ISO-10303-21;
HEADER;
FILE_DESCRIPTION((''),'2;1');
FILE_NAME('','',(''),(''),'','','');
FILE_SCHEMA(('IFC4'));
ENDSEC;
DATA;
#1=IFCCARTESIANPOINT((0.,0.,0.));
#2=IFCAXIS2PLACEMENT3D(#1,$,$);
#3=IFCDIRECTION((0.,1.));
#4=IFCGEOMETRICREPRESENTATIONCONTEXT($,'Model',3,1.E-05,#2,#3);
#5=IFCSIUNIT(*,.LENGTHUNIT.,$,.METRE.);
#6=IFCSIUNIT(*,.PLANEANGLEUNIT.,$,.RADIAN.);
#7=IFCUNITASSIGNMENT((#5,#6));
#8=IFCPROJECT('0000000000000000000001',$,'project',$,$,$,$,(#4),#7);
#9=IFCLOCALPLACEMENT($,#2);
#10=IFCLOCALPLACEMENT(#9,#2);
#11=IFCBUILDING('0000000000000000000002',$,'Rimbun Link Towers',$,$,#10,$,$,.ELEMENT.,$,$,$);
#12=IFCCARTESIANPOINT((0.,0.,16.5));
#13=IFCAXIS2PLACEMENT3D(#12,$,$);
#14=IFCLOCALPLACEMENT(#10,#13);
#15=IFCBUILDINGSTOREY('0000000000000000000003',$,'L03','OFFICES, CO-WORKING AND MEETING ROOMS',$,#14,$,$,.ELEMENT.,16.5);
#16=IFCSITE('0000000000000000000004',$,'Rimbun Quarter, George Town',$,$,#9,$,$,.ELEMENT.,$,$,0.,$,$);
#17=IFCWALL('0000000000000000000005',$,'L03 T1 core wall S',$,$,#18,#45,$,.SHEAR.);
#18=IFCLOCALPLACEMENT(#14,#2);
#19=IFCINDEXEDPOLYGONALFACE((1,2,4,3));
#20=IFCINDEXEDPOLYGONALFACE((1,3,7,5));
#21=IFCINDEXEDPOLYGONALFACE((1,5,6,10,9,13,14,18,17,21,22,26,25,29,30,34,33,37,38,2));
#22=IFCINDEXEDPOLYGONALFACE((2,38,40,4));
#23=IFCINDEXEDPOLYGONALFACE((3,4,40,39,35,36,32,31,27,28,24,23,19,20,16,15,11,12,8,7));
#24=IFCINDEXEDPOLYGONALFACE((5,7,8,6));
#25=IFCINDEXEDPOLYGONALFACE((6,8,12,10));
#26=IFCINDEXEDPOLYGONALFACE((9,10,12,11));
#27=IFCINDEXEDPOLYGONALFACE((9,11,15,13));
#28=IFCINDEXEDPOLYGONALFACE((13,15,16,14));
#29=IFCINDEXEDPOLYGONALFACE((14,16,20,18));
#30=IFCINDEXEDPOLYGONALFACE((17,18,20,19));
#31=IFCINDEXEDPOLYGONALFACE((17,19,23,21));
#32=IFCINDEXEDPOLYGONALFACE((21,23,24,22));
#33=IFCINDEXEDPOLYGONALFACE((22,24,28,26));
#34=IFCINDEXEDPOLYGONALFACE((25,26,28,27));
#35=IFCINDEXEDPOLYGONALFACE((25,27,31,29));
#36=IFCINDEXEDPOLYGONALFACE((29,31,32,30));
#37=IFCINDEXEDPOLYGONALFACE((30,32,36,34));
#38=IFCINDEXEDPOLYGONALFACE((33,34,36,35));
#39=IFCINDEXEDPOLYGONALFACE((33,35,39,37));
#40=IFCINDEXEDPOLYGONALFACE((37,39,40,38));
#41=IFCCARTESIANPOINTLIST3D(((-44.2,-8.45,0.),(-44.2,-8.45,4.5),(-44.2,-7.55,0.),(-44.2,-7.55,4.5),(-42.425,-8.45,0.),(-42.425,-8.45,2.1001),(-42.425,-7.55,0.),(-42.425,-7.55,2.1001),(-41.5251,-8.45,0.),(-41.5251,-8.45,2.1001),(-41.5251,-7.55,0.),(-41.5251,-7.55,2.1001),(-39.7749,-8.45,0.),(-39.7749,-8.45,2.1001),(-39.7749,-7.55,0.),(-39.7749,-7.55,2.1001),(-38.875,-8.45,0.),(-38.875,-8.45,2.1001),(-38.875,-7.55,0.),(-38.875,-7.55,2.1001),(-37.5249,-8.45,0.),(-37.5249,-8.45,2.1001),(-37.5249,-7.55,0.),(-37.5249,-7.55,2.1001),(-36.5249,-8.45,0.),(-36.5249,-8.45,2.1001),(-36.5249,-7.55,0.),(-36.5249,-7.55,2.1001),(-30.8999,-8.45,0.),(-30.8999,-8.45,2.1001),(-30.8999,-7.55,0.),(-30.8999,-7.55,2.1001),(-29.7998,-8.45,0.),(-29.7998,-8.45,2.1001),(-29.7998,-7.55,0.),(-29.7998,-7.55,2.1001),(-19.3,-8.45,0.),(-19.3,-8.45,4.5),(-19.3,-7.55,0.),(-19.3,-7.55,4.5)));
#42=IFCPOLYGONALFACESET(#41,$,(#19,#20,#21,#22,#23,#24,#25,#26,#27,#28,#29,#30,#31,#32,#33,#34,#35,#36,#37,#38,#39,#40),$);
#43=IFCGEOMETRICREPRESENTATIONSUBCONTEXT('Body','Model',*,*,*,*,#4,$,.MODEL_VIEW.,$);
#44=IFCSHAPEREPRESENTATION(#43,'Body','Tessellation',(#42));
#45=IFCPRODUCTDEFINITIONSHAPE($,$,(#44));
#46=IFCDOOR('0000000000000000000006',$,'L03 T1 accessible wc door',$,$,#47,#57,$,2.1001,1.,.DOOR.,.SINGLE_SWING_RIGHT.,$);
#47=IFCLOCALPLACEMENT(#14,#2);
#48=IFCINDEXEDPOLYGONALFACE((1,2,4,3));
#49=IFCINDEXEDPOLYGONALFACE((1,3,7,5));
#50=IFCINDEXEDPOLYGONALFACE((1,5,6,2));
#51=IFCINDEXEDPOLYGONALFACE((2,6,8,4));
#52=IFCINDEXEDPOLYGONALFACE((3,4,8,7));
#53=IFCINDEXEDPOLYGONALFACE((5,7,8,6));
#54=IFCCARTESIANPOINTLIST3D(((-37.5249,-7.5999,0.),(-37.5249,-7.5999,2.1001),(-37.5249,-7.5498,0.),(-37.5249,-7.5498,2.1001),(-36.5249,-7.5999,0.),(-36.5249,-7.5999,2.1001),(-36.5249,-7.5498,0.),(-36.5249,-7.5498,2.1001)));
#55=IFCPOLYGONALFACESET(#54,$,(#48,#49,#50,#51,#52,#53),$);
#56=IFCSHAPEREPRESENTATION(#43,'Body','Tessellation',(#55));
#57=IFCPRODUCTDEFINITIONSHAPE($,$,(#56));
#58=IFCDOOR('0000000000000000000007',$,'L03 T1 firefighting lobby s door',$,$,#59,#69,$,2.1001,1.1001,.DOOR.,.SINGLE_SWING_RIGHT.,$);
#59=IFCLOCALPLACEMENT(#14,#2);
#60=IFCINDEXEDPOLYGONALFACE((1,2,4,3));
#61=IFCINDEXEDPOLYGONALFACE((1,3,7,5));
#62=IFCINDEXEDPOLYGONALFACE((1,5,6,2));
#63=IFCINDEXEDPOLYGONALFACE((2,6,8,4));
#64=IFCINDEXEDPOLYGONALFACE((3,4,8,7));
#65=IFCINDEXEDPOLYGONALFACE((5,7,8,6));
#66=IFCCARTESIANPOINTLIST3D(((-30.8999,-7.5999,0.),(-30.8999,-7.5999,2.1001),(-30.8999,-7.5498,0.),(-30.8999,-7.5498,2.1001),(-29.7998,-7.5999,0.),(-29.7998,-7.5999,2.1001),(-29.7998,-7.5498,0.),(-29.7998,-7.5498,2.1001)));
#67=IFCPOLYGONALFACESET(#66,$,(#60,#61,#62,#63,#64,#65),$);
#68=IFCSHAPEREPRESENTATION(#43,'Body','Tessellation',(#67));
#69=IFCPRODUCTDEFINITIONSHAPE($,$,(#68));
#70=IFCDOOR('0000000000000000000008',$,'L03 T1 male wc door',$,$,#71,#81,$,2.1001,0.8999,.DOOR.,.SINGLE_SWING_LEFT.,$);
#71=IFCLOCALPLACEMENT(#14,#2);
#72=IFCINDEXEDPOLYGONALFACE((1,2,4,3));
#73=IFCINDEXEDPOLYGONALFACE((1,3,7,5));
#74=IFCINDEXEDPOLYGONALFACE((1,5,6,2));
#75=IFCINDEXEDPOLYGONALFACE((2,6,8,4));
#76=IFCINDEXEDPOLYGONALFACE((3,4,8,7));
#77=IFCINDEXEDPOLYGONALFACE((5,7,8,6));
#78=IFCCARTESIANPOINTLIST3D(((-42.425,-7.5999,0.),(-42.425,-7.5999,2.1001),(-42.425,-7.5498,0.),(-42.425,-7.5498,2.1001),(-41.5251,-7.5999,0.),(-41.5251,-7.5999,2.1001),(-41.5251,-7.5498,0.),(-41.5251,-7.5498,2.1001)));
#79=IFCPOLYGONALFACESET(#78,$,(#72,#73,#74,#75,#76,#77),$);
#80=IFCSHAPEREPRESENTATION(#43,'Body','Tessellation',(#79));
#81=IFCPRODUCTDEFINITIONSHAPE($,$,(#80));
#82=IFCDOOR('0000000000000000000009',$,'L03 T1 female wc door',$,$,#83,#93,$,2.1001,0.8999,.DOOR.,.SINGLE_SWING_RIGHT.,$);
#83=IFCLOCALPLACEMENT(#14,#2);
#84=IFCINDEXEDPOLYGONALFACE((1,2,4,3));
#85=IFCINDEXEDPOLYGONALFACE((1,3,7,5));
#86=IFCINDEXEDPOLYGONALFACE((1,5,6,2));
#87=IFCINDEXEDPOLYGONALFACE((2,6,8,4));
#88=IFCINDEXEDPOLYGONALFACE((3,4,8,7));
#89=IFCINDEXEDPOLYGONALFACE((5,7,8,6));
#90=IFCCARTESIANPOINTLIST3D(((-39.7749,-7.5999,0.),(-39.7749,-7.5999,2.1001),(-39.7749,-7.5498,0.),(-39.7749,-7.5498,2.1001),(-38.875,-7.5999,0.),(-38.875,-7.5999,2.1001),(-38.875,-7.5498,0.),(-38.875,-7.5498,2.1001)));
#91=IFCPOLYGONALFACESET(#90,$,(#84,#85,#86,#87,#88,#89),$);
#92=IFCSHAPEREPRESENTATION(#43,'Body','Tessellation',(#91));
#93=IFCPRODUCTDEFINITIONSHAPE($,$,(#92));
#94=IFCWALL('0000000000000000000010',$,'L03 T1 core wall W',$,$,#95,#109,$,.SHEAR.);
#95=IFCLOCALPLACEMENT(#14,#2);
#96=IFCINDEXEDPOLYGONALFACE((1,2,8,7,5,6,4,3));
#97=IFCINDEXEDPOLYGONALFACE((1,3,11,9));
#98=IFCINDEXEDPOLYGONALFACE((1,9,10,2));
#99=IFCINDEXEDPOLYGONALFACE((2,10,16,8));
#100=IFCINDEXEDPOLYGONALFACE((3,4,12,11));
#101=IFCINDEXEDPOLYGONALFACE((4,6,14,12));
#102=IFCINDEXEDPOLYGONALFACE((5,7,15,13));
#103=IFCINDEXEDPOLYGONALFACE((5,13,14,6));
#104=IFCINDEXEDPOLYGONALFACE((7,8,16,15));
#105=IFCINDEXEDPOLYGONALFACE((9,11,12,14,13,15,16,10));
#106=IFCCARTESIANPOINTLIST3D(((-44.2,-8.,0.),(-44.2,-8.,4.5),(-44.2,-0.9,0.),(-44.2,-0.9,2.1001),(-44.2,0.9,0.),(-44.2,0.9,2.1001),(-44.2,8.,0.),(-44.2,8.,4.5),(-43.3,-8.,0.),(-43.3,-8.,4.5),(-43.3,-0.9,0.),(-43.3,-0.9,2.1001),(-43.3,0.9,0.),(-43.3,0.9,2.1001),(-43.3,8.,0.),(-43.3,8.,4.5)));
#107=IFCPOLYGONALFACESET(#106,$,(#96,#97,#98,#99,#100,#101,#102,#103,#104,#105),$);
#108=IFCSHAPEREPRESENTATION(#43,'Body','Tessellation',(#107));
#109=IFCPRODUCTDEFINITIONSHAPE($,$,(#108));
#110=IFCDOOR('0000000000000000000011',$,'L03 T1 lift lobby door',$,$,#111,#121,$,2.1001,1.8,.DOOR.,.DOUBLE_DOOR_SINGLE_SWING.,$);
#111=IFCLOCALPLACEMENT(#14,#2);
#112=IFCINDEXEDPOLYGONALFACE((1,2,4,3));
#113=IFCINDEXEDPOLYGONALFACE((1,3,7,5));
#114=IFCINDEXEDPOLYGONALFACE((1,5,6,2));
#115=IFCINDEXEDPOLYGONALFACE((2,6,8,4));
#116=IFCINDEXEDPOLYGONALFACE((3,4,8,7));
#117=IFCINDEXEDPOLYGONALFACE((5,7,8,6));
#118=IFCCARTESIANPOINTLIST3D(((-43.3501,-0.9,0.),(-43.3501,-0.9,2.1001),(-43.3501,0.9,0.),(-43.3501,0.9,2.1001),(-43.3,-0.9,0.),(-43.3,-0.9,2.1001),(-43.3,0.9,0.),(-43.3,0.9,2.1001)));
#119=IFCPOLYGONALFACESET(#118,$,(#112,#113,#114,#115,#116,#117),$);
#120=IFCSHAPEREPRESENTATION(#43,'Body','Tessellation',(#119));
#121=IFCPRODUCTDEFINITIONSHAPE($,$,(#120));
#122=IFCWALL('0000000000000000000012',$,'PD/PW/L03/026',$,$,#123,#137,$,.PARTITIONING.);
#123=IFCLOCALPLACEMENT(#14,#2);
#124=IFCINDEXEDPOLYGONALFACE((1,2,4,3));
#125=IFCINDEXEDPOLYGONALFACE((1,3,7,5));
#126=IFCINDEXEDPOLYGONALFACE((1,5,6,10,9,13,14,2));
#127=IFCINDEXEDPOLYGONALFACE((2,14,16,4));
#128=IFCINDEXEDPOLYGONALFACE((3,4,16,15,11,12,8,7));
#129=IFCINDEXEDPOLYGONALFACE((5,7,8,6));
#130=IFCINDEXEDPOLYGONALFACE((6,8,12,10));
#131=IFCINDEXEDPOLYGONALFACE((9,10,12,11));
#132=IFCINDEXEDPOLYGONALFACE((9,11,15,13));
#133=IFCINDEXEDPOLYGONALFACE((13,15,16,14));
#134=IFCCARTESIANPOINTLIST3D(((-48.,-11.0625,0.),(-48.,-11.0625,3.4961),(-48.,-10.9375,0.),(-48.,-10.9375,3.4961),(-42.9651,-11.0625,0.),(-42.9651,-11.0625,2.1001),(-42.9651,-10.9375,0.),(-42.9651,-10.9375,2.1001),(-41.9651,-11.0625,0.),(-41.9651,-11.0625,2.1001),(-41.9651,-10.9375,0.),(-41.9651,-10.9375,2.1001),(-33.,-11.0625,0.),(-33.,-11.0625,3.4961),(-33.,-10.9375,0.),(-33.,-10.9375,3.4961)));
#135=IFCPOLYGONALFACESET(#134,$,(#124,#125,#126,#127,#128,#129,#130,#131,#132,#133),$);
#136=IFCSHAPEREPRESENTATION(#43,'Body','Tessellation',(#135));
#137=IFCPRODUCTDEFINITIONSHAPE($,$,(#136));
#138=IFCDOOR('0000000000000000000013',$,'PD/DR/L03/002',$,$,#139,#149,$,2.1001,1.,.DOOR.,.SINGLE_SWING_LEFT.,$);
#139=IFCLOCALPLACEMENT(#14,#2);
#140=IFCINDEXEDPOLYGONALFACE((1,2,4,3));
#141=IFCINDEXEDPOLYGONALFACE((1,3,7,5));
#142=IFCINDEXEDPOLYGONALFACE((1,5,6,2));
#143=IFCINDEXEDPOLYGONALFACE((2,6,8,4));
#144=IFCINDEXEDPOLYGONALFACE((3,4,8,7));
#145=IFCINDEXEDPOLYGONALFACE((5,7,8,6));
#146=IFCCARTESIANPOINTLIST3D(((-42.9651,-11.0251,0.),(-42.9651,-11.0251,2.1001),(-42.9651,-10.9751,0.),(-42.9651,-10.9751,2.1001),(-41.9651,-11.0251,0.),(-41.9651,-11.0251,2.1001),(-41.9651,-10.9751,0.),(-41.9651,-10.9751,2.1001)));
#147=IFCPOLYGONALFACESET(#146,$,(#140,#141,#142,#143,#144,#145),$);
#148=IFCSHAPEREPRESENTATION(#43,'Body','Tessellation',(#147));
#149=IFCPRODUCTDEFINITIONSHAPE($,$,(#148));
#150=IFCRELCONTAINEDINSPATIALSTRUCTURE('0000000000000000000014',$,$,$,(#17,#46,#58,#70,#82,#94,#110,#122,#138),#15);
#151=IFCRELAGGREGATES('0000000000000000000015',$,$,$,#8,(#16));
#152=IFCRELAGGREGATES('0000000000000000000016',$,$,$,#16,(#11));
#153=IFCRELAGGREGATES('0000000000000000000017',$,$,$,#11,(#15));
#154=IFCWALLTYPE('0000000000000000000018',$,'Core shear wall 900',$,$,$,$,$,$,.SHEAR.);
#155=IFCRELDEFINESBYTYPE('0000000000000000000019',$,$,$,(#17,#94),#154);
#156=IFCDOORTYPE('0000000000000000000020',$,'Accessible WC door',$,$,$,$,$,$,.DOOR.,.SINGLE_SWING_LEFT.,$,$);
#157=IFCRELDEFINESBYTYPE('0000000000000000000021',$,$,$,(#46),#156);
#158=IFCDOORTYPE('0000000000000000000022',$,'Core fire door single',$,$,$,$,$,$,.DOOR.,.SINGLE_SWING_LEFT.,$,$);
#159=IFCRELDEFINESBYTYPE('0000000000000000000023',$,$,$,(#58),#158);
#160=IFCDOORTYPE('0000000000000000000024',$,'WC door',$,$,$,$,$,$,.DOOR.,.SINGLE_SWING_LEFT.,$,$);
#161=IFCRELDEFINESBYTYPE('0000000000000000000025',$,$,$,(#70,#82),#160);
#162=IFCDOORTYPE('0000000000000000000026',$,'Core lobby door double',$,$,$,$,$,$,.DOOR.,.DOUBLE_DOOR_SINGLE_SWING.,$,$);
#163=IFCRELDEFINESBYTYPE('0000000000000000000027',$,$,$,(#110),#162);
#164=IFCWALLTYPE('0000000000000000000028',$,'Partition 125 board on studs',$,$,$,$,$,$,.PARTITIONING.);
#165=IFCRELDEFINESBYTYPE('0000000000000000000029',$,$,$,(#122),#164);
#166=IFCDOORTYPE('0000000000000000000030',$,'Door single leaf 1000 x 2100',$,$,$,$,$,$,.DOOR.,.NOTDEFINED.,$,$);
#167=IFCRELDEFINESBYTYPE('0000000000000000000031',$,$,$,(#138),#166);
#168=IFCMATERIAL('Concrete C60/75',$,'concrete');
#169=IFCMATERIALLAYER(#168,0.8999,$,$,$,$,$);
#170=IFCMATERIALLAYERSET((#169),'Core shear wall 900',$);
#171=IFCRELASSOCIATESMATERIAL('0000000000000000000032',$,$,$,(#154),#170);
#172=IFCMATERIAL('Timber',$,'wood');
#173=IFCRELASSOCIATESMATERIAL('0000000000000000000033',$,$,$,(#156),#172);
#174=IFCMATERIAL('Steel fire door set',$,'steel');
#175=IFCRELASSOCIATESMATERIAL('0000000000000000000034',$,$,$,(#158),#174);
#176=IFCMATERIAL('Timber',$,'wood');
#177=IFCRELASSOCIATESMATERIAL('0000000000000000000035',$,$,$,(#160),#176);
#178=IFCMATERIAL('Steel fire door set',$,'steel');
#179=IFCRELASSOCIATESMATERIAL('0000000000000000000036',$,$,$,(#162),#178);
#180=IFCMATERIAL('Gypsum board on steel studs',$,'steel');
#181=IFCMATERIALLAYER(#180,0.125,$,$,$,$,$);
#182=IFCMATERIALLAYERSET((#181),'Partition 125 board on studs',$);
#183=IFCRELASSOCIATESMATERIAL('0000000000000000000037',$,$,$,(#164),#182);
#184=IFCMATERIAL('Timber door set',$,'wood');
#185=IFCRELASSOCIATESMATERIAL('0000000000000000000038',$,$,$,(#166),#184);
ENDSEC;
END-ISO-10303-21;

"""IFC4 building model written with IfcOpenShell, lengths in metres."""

from ifc_helpers import new_model, si_unit, direction, frame, frame_2d, origin, place, context, subcontext, project, spatial, rectangle, extrude, material, layer, layer_set, type_object, element, fill, save


model = new_model("IFC4")

# Units and contexts
model_context = context("Model", 3, precision=1e-05, world=origin(), true_north=direction((0.0, 1.0)))
body_context = subcontext(model_context, "Body", "Model", "MODEL_VIEW")
ifc_project = project(units=[si_unit("LENGTHUNIT", "METRE"), si_unit("PLANEANGLEUNIT", "RADIAN")], contexts=[model_context])

# Site, building, storey
site_placement = place(None, origin())
site = spatial("IfcSite", under=ifc_project, at=site_placement, Name="Rimbun Quarter, George Town", CompositionType="ELEMENT", RefElevation=0.0)
building_placement = place(site_placement, origin())
building = spatial("IfcBuilding", under=site, at=building_placement, Name="Rimbun Link Towers", CompositionType="ELEMENT")
storey_placement = place(building_placement, frame((0.0, 0.0, 16.5)))
storey = spatial("IfcBuildingStorey", under=building, at=storey_placement, Name="L03", Description="OFFICES, CO-WORKING AND MEETING ROOMS", CompositionType="ELEMENT", Elevation=16.5)

# Wall, openings, doors
ifc_material_1 = material(Name="Concrete C60/75", Category="concrete")
ifc_layer_1 = layer(ifc_material_1, 0.8999)
ifc_layer_set_1 = layer_set([ifc_layer_1], Name="Core shear wall 900")
wall_type_1 = type_object("IfcWallType", Name="Core shear wall 900", PredefinedType="SHEAR", material=ifc_layer_set_1)
wall_1_placement = place(storey_placement, frame((-44.2, -8.0, 0.0), z_axis=(0.0, 0.0, 1.0), x_axis=(1.0, 0.0, 0.0)))
wall_1 = element("IfcWall", 1, at=wall_1_placement, inside=storey, type_object=wall_type_1, Name="L03 T1 core wall S", PredefinedType="SHEAR", context=body_context, shape_type="SweptSolid", body=[
    extrude(rectangle(XDim=24.8999, YDim=0.8999, at=frame_2d((12.45, 0.0))), origin(), (0.0, 0.0, 1.0), 4.5),
])
opening_1_placement = place(wall_1_placement, frame((13.3, 0.0, 0.0)))
opening_1 = element("IfcOpeningElement", 2, at=opening_1_placement, cuts=wall_1, PredefinedType="OPENING", context=body_context, shape_type="SweptSolid", body=[
    extrude(rectangle(XDim=1.1001, YDim=2.1001, at=frame_2d((0.55, 1.05))), frame((0.0, 0.46, 0.0), z_axis=(0.0, -1.0, 0.0), x_axis=(1.0, 0.0, 0.0)), (0.0, 0.0, 1.0), 0.9199),
])
opening_2_placement = place(wall_1_placement, frame((1.7749, 0.0, 0.0)))
opening_2 = element("IfcOpeningElement", 3, at=opening_2_placement, cuts=wall_1, PredefinedType="OPENING", context=body_context, shape_type="SweptSolid", body=[
    extrude(rectangle(XDim=0.8999, YDim=2.1001, at=frame_2d((0.45, 1.05))), frame((0.0, 0.46, 0.0), z_axis=(0.0, -1.0, 0.0), x_axis=(1.0, 0.0, 0.0)), (0.0, 0.0, 1.0), 0.9199),
])
opening_3_placement = place(wall_1_placement, frame((4.425, 0.0, 0.0)))
opening_3 = element("IfcOpeningElement", 4, at=opening_3_placement, cuts=wall_1, PredefinedType="OPENING", context=body_context, shape_type="SweptSolid", body=[
    extrude(rectangle(XDim=0.8999, YDim=2.1001, at=frame_2d((0.45, 1.05))), frame((0.0, 0.46, 0.0), z_axis=(0.0, -1.0, 0.0), x_axis=(1.0, 0.0, 0.0)), (0.0, 0.0, 1.0), 0.9199),
])
opening_4_placement = place(wall_1_placement, frame((6.675, 0.0, 0.0)))
opening_4 = element("IfcOpeningElement", 5, at=opening_4_placement, cuts=wall_1, PredefinedType="OPENING", context=body_context, shape_type="SweptSolid", body=[
    extrude(rectangle(XDim=1.0, YDim=2.1001, at=frame_2d((0.5, 1.05))), frame((0.0, 0.46, 0.0), z_axis=(0.0, -1.0, 0.0), x_axis=(1.0, 0.0, 0.0)), (0.0, 0.0, 1.0), 0.9199),
])
ifc_material_2 = material(Name="Timber", Category="wood")
door_type_1 = type_object("IfcDoorType", Name="Accessible WC door", OperationType="SINGLE_SWING_LEFT", PredefinedType="DOOR", material=ifc_material_2)
door_1_placement = place(opening_4_placement, origin())
door_1 = element("IfcDoor", 6, at=door_1_placement, inside=storey, type_object=door_type_1, Name="L03 T1 accessible wc door", OperationType="SINGLE_SWING_RIGHT", OverallHeight=2.1001, OverallWidth=1.0, PredefinedType="DOOR", context=body_context, shape_type="SweptSolid", body=[
    extrude(rectangle(XDim=1.0, YDim=2.1001, at=frame_2d((0.5, 1.05))), frame((0.0, 0.4502, 0.0), z_axis=(0.0, -1.0, 0.0), x_axis=(1.0, 0.0, 0.0)), (0.0, 0.0, 1.0), 0.05),
])
fill(opening_4, door_1)
ifc_material_3 = material(Name="Steel fire door set", Category="steel")
door_type_2 = type_object("IfcDoorType", Name="Core fire door single", OperationType="SINGLE_SWING_LEFT", PredefinedType="DOOR", material=ifc_material_3)
door_2_placement = place(opening_1_placement, origin())
door_2 = element("IfcDoor", 7, at=door_2_placement, inside=storey, type_object=door_type_2, Name="L03 T1 firefighting lobby s door", OperationType="SINGLE_SWING_RIGHT", OverallHeight=2.1001, OverallWidth=1.1001, PredefinedType="DOOR", context=body_context, shape_type="SweptSolid", body=[
    extrude(rectangle(XDim=1.1001, YDim=2.1001, at=frame_2d((0.55, 1.05))), frame((0.0, 0.4502, 0.0), z_axis=(0.0, -1.0, 0.0), x_axis=(1.0, 0.0, 0.0)), (0.0, 0.0, 1.0), 0.05),
])
fill(opening_1, door_2)
ifc_material_4 = material(Name="Timber", Category="wood")
door_type_3 = type_object("IfcDoorType", Name="WC door", OperationType="SINGLE_SWING_LEFT", PredefinedType="DOOR", material=ifc_material_4)
door_3_placement = place(opening_2_placement, origin())
door_3 = element("IfcDoor", 8, at=door_3_placement, inside=storey, type_object=door_type_3, Name="L03 T1 male wc door", OperationType="SINGLE_SWING_LEFT", OverallHeight=2.1001, OverallWidth=0.8999, PredefinedType="DOOR", context=body_context, shape_type="SweptSolid", body=[
    extrude(rectangle(XDim=0.8999, YDim=2.1001, at=frame_2d((0.45, 1.05))), frame((0.0, 0.4502, 0.0), z_axis=(0.0, -1.0, 0.0), x_axis=(1.0, 0.0, 0.0)), (0.0, 0.0, 1.0), 0.05),
])
fill(opening_2, door_3)
door_4_placement = place(opening_3_placement, origin())
door_4 = element("IfcDoor", 9, at=door_4_placement, inside=storey, type_object=door_type_3, Name="L03 T1 female wc door", OperationType="SINGLE_SWING_RIGHT", OverallHeight=2.1001, OverallWidth=0.8999, PredefinedType="DOOR", context=body_context, shape_type="SweptSolid", body=[
    extrude(rectangle(XDim=0.8999, YDim=2.1001, at=frame_2d((0.45, 1.05))), frame((0.0, 0.4502, 0.0), z_axis=(0.0, -1.0, 0.0), x_axis=(1.0, 0.0, 0.0)), (0.0, 0.0, 1.0), 0.05),
])
fill(opening_3, door_4)

# Walls, openings, doors
wall_2_placement = place(storey_placement, frame((-43.75, -8.0, 0.0), z_axis=(0.0, 0.0, 1.0), x_axis=(0.0, 1.0, 0.0)))
wall_2 = element("IfcWall", 10, at=wall_2_placement, inside=storey, type_object=wall_type_1, Name="L03 T1 core wall W", PredefinedType="SHEAR", context=body_context, shape_type="SweptSolid", body=[
    extrude(rectangle(XDim=16.0, YDim=0.8999, at=frame_2d((8.0, 0.0))), origin(), (0.0, 0.0, 1.0), 4.5),
])
opening_5_placement = place(wall_2_placement, frame((7.1001, 0.0, 0.0)))
opening_5 = element("IfcOpeningElement", 11, at=opening_5_placement, cuts=wall_2, PredefinedType="OPENING", context=body_context, shape_type="SweptSolid", body=[
    extrude(rectangle(XDim=1.8, YDim=2.1001, at=frame_2d((0.8999, 1.05))), frame((0.0, 0.46, 0.0), z_axis=(0.0, -1.0, 0.0), x_axis=(1.0, 0.0, 0.0)), (0.0, 0.0, 1.0), 0.9199),
])
ifc_material_5 = material(Name="Steel fire door set", Category="steel")
door_type_4 = type_object("IfcDoorType", Name="Core lobby door double", OperationType="DOUBLE_DOOR_SINGLE_SWING", PredefinedType="DOOR", material=ifc_material_5)
door_5_placement = place(opening_5_placement, origin())
door_5 = element("IfcDoor", 12, at=door_5_placement, inside=storey, type_object=door_type_4, Name="L03 T1 lift lobby door", OperationType="DOUBLE_DOOR_SINGLE_SWING", OverallHeight=2.1001, OverallWidth=1.8, PredefinedType="DOOR", context=body_context, shape_type="SweptSolid", body=[
    extrude(rectangle(XDim=1.8, YDim=2.1001, at=frame_2d((0.8999, 1.05))), frame((0.0, -0.3999, 0.0), z_axis=(0.0, -1.0, 0.0), x_axis=(1.0, 0.0, 0.0)), (0.0, 0.0, 1.0), 0.05),
])
fill(opening_5, door_5)
ifc_material_6 = material(Name="Gypsum board on steel studs", Category="steel")
ifc_layer_2 = layer(ifc_material_6, 0.125)
ifc_layer_set_2 = layer_set([ifc_layer_2], Name="Partition 125 board on studs")
wall_type_2 = type_object("IfcWallType", Name="Partition 125 board on studs", PredefinedType="PARTITIONING", material=ifc_layer_set_2)
wall_3_placement = place(storey_placement, frame((-48.0, -11.0, 0.0), z_axis=(0.0, 0.0, 1.0), x_axis=(1.0, 0.0, 0.0)))
wall_3 = element("IfcWall", 13, at=wall_3_placement, inside=storey, type_object=wall_type_2, Name="PD/PW/L03/026", PredefinedType="PARTITIONING", context=body_context, shape_type="SweptSolid", body=[
    extrude(rectangle(XDim=15.0, YDim=0.125, at=frame_2d((7.5, 0.0))), origin(), (0.0, 0.0, 1.0), 3.4961),
])
opening_6_placement = place(wall_3_placement, frame((5.0349, 0.0, 0.0)))
opening_6 = element("IfcOpeningElement", 14, at=opening_6_placement, cuts=wall_3, PredefinedType="OPENING", context=body_context, shape_type="SweptSolid", body=[
    extrude(rectangle(XDim=1.0, YDim=2.1001, at=frame_2d((0.5, 1.05))), frame((0.0, 0.0725, 0.0), z_axis=(0.0, -1.0, 0.0), x_axis=(1.0, 0.0, 0.0)), (0.0, 0.0, 1.0), 0.145),
])
ifc_material_7 = material(Name="Timber door set", Category="wood")
door_type_5 = type_object("IfcDoorType", Name="Door single leaf 1000 x 2100", OperationType="NOTDEFINED", PredefinedType="DOOR", material=ifc_material_7)
door_6_placement = place(opening_6_placement, origin())
door_6 = element("IfcDoor", 15, at=door_6_placement, inside=storey, type_object=door_type_5, Name="PD/DR/L03/002", OperationType="SINGLE_SWING_LEFT", OverallHeight=2.1001, OverallWidth=1.0, PredefinedType="DOOR", context=body_context, shape_type="SweptSolid", body=[
    extrude(rectangle(XDim=1.0, YDim=2.1001, at=frame_2d((0.5, 1.05))), frame((0.0, 0.0249, 0.0), z_axis=(0.0, -1.0, 0.0), x_axis=(1.0, 0.0, 0.0)), (0.0, 0.0, 1.0), 0.05),
])
fill(opening_6, door_6)

save(model, "model.ifc")
